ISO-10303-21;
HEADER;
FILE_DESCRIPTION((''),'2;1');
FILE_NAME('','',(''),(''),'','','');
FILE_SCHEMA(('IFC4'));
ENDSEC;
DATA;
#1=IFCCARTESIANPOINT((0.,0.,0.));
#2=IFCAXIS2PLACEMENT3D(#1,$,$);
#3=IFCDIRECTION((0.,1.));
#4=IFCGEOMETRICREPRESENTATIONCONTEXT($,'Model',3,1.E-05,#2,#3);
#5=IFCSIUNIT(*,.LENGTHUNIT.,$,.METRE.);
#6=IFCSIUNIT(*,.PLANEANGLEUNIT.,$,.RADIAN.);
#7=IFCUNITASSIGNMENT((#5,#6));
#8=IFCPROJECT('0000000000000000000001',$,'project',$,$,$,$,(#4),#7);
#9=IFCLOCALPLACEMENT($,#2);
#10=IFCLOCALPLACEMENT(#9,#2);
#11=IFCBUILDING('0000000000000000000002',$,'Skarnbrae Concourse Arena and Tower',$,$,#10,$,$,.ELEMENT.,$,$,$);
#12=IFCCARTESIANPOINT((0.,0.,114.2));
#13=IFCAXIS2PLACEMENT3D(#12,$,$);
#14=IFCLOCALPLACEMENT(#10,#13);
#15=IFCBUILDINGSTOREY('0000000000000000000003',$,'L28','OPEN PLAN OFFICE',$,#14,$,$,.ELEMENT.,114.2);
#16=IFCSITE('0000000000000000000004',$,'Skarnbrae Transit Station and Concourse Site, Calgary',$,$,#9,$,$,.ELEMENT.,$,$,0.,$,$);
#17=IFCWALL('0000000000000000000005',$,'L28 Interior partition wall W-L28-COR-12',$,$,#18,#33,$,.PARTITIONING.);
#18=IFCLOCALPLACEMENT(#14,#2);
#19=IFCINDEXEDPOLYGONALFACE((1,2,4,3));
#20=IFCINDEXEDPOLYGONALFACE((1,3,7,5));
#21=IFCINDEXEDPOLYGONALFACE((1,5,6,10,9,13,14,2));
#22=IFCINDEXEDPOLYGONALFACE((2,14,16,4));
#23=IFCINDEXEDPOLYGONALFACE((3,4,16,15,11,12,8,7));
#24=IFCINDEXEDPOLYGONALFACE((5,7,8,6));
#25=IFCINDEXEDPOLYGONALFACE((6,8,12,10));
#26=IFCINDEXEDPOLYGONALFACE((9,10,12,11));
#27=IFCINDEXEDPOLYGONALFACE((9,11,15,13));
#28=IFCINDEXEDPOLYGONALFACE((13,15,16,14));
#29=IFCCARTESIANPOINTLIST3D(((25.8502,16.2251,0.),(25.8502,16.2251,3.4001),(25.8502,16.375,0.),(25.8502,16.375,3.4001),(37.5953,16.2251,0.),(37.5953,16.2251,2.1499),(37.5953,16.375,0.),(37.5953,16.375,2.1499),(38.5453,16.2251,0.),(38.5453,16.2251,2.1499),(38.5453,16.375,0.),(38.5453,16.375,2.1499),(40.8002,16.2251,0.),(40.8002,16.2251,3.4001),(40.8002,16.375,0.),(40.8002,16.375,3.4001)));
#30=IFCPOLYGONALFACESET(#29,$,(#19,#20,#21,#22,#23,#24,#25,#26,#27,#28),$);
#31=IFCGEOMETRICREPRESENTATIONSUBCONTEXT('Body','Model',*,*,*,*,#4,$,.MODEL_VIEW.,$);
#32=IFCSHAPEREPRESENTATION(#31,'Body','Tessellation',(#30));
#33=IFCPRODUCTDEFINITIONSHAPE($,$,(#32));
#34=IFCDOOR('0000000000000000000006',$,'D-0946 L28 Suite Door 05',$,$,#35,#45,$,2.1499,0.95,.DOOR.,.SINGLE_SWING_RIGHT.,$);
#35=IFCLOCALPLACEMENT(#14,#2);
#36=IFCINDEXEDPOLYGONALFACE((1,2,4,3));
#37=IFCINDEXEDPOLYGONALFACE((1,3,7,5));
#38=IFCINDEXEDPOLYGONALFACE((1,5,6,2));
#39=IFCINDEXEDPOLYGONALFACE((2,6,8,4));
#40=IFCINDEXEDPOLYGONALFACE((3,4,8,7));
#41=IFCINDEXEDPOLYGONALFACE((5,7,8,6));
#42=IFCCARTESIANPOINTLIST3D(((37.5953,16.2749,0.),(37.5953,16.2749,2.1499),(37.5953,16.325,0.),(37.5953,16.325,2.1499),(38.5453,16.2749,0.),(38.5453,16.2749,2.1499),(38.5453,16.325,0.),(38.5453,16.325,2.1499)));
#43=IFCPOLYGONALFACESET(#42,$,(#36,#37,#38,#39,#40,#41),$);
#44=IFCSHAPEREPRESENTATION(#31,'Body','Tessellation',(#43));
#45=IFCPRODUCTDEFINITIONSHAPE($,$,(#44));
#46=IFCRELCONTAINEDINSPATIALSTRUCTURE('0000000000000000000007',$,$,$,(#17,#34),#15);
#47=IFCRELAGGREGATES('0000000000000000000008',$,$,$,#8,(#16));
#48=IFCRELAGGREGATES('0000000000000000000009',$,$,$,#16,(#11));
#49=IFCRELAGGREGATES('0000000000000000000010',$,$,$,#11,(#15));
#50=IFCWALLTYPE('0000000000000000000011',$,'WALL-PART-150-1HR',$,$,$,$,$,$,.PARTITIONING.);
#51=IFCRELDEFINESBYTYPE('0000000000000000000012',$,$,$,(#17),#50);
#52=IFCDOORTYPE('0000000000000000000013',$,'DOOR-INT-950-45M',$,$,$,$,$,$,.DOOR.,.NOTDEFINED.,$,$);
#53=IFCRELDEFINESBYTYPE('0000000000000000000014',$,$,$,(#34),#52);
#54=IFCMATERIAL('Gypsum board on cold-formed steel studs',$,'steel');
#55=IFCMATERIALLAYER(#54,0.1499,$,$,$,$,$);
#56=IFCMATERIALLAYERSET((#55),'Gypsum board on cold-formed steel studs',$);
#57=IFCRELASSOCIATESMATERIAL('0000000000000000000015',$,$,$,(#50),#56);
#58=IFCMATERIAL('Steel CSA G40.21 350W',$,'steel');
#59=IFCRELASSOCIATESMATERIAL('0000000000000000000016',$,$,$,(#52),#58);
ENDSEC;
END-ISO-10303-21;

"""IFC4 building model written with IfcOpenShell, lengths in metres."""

from ifc_helpers import new_model, si_unit, direction, frame, frame_2d, origin, place, context, subcontext, project, spatial, rectangle, extrude, source, transform, mapped, material, layer, layer_set, type_object, element, fill, save


model = new_model("IFC4")

# Units and contexts
model_context = context("Model", 3, precision=1e-05, world=origin(), true_north=direction((0.0, 1.0)))
body_context = subcontext(model_context, "Body", "Model", "MODEL_VIEW")
ifc_project = project(units=[si_unit("LENGTHUNIT", "METRE"), si_unit("PLANEANGLEUNIT", "RADIAN")], contexts=[model_context])

# Site, building, storey
site_placement = place(None, origin())
site = spatial("IfcSite", under=ifc_project, at=site_placement, Name="Skarnbrae Transit Station and Concourse Site, Calgary", CompositionType="ELEMENT", RefElevation=0.0)
building_placement = place(site_placement, origin())
building = spatial("IfcBuilding", under=site, at=building_placement, Name="Skarnbrae Concourse Arena and Tower", CompositionType="ELEMENT")
storey_placement = place(building_placement, frame((0.0, 0.0, 114.2)))
storey = spatial("IfcBuildingStorey", under=building, at=storey_placement, Name="L28", Description="OPEN PLAN OFFICE", CompositionType="ELEMENT", Elevation=114.2)

# Shared definitions
ifc_material_1 = material(Name="Steel CSA G40.21 350W", Category="steel")

# Shared definitions
ifc_material_2 = material(Name="Gypsum board on cold-formed steel studs", Category="steel")

# Shared definitions
ifc_layer_1 = layer(ifc_material_2, 0.1499)
ifc_layer_set_1 = layer_set([ifc_layer_1], Name="Gypsum board on cold-formed steel studs")
wall_type_1 = type_object("IfcWallType", Name="WALL-PART-150-1HR", PredefinedType="PARTITIONING", material=ifc_layer_set_1)

# Wall, opening, door
shared_shape_1 = source(origin(), body_context, "Body", "SweptSolid", [
    extrude(rectangle(XDim=14.95, YDim=0.1499, at=frame_2d((7.4751, 0.0))), origin(), (0.0, 0.0, 1.0), 3.4001),
])
wall_1_placement = place(storey_placement, frame((25.8501, 16.3, 0.0), z_axis=(0.0, 0.0, 1.0), x_axis=(1.0, 0.0, 0.0)))
wall_1 = element("IfcWall", 1, at=wall_1_placement, inside=storey, type_object=wall_type_1, Name="L28 Interior partition wall W-L28-COR-12", PredefinedType="PARTITIONING", context=body_context, shape_type="MappedRepresentation", body=[
    mapped(shared_shape_1, transform((0.0, 0.0, 0.0))),
])
opening_1_placement = place(wall_1_placement, frame((11.7451, 0.0, 0.0)))
opening_1 = element("IfcOpeningElement", 2, at=opening_1_placement, cuts=wall_1, PredefinedType="OPENING", context=body_context, shape_type="SweptSolid", body=[
    extrude(rectangle(XDim=0.95, YDim=2.1499, at=frame_2d((0.4751, 1.075))), frame((0.0, 0.085, 0.0), z_axis=(0.0, -1.0, 0.0), x_axis=(1.0, 0.0, 0.0)), (0.0, 0.0, 1.0), 0.1699),
])
door_type_1 = type_object("IfcDoorType", Name="DOOR-INT-950-45M", OperationType="NOTDEFINED", PredefinedType="DOOR", material=ifc_material_1)
shared_shape_2 = source(origin(), body_context, "Body", "SweptSolid", [
    extrude(rectangle(XDim=0.95, YDim=2.1499, at=frame_2d((0.4751, 1.075))), frame((0.0, 0.0249, 0.0), z_axis=(0.0, -1.0, 0.0), x_axis=(1.0, 0.0, 0.0)), (0.0, 0.0, 1.0), 0.05),
])
door_1_placement = place(opening_1_placement, origin())
door_1 = element("IfcDoor", 3, at=door_1_placement, inside=storey, type_object=door_type_1, Name="D-0946 L28 Suite Door 05", OperationType="SINGLE_SWING_RIGHT", OverallHeight=2.1499, OverallWidth=0.95, PredefinedType="DOOR", context=body_context, shape_type="MappedRepresentation", body=[
    mapped(shared_shape_2, transform((0.0, 0.0, 0.0))),
])
fill(opening_1, door_1)

save(model, "model.ifc")
